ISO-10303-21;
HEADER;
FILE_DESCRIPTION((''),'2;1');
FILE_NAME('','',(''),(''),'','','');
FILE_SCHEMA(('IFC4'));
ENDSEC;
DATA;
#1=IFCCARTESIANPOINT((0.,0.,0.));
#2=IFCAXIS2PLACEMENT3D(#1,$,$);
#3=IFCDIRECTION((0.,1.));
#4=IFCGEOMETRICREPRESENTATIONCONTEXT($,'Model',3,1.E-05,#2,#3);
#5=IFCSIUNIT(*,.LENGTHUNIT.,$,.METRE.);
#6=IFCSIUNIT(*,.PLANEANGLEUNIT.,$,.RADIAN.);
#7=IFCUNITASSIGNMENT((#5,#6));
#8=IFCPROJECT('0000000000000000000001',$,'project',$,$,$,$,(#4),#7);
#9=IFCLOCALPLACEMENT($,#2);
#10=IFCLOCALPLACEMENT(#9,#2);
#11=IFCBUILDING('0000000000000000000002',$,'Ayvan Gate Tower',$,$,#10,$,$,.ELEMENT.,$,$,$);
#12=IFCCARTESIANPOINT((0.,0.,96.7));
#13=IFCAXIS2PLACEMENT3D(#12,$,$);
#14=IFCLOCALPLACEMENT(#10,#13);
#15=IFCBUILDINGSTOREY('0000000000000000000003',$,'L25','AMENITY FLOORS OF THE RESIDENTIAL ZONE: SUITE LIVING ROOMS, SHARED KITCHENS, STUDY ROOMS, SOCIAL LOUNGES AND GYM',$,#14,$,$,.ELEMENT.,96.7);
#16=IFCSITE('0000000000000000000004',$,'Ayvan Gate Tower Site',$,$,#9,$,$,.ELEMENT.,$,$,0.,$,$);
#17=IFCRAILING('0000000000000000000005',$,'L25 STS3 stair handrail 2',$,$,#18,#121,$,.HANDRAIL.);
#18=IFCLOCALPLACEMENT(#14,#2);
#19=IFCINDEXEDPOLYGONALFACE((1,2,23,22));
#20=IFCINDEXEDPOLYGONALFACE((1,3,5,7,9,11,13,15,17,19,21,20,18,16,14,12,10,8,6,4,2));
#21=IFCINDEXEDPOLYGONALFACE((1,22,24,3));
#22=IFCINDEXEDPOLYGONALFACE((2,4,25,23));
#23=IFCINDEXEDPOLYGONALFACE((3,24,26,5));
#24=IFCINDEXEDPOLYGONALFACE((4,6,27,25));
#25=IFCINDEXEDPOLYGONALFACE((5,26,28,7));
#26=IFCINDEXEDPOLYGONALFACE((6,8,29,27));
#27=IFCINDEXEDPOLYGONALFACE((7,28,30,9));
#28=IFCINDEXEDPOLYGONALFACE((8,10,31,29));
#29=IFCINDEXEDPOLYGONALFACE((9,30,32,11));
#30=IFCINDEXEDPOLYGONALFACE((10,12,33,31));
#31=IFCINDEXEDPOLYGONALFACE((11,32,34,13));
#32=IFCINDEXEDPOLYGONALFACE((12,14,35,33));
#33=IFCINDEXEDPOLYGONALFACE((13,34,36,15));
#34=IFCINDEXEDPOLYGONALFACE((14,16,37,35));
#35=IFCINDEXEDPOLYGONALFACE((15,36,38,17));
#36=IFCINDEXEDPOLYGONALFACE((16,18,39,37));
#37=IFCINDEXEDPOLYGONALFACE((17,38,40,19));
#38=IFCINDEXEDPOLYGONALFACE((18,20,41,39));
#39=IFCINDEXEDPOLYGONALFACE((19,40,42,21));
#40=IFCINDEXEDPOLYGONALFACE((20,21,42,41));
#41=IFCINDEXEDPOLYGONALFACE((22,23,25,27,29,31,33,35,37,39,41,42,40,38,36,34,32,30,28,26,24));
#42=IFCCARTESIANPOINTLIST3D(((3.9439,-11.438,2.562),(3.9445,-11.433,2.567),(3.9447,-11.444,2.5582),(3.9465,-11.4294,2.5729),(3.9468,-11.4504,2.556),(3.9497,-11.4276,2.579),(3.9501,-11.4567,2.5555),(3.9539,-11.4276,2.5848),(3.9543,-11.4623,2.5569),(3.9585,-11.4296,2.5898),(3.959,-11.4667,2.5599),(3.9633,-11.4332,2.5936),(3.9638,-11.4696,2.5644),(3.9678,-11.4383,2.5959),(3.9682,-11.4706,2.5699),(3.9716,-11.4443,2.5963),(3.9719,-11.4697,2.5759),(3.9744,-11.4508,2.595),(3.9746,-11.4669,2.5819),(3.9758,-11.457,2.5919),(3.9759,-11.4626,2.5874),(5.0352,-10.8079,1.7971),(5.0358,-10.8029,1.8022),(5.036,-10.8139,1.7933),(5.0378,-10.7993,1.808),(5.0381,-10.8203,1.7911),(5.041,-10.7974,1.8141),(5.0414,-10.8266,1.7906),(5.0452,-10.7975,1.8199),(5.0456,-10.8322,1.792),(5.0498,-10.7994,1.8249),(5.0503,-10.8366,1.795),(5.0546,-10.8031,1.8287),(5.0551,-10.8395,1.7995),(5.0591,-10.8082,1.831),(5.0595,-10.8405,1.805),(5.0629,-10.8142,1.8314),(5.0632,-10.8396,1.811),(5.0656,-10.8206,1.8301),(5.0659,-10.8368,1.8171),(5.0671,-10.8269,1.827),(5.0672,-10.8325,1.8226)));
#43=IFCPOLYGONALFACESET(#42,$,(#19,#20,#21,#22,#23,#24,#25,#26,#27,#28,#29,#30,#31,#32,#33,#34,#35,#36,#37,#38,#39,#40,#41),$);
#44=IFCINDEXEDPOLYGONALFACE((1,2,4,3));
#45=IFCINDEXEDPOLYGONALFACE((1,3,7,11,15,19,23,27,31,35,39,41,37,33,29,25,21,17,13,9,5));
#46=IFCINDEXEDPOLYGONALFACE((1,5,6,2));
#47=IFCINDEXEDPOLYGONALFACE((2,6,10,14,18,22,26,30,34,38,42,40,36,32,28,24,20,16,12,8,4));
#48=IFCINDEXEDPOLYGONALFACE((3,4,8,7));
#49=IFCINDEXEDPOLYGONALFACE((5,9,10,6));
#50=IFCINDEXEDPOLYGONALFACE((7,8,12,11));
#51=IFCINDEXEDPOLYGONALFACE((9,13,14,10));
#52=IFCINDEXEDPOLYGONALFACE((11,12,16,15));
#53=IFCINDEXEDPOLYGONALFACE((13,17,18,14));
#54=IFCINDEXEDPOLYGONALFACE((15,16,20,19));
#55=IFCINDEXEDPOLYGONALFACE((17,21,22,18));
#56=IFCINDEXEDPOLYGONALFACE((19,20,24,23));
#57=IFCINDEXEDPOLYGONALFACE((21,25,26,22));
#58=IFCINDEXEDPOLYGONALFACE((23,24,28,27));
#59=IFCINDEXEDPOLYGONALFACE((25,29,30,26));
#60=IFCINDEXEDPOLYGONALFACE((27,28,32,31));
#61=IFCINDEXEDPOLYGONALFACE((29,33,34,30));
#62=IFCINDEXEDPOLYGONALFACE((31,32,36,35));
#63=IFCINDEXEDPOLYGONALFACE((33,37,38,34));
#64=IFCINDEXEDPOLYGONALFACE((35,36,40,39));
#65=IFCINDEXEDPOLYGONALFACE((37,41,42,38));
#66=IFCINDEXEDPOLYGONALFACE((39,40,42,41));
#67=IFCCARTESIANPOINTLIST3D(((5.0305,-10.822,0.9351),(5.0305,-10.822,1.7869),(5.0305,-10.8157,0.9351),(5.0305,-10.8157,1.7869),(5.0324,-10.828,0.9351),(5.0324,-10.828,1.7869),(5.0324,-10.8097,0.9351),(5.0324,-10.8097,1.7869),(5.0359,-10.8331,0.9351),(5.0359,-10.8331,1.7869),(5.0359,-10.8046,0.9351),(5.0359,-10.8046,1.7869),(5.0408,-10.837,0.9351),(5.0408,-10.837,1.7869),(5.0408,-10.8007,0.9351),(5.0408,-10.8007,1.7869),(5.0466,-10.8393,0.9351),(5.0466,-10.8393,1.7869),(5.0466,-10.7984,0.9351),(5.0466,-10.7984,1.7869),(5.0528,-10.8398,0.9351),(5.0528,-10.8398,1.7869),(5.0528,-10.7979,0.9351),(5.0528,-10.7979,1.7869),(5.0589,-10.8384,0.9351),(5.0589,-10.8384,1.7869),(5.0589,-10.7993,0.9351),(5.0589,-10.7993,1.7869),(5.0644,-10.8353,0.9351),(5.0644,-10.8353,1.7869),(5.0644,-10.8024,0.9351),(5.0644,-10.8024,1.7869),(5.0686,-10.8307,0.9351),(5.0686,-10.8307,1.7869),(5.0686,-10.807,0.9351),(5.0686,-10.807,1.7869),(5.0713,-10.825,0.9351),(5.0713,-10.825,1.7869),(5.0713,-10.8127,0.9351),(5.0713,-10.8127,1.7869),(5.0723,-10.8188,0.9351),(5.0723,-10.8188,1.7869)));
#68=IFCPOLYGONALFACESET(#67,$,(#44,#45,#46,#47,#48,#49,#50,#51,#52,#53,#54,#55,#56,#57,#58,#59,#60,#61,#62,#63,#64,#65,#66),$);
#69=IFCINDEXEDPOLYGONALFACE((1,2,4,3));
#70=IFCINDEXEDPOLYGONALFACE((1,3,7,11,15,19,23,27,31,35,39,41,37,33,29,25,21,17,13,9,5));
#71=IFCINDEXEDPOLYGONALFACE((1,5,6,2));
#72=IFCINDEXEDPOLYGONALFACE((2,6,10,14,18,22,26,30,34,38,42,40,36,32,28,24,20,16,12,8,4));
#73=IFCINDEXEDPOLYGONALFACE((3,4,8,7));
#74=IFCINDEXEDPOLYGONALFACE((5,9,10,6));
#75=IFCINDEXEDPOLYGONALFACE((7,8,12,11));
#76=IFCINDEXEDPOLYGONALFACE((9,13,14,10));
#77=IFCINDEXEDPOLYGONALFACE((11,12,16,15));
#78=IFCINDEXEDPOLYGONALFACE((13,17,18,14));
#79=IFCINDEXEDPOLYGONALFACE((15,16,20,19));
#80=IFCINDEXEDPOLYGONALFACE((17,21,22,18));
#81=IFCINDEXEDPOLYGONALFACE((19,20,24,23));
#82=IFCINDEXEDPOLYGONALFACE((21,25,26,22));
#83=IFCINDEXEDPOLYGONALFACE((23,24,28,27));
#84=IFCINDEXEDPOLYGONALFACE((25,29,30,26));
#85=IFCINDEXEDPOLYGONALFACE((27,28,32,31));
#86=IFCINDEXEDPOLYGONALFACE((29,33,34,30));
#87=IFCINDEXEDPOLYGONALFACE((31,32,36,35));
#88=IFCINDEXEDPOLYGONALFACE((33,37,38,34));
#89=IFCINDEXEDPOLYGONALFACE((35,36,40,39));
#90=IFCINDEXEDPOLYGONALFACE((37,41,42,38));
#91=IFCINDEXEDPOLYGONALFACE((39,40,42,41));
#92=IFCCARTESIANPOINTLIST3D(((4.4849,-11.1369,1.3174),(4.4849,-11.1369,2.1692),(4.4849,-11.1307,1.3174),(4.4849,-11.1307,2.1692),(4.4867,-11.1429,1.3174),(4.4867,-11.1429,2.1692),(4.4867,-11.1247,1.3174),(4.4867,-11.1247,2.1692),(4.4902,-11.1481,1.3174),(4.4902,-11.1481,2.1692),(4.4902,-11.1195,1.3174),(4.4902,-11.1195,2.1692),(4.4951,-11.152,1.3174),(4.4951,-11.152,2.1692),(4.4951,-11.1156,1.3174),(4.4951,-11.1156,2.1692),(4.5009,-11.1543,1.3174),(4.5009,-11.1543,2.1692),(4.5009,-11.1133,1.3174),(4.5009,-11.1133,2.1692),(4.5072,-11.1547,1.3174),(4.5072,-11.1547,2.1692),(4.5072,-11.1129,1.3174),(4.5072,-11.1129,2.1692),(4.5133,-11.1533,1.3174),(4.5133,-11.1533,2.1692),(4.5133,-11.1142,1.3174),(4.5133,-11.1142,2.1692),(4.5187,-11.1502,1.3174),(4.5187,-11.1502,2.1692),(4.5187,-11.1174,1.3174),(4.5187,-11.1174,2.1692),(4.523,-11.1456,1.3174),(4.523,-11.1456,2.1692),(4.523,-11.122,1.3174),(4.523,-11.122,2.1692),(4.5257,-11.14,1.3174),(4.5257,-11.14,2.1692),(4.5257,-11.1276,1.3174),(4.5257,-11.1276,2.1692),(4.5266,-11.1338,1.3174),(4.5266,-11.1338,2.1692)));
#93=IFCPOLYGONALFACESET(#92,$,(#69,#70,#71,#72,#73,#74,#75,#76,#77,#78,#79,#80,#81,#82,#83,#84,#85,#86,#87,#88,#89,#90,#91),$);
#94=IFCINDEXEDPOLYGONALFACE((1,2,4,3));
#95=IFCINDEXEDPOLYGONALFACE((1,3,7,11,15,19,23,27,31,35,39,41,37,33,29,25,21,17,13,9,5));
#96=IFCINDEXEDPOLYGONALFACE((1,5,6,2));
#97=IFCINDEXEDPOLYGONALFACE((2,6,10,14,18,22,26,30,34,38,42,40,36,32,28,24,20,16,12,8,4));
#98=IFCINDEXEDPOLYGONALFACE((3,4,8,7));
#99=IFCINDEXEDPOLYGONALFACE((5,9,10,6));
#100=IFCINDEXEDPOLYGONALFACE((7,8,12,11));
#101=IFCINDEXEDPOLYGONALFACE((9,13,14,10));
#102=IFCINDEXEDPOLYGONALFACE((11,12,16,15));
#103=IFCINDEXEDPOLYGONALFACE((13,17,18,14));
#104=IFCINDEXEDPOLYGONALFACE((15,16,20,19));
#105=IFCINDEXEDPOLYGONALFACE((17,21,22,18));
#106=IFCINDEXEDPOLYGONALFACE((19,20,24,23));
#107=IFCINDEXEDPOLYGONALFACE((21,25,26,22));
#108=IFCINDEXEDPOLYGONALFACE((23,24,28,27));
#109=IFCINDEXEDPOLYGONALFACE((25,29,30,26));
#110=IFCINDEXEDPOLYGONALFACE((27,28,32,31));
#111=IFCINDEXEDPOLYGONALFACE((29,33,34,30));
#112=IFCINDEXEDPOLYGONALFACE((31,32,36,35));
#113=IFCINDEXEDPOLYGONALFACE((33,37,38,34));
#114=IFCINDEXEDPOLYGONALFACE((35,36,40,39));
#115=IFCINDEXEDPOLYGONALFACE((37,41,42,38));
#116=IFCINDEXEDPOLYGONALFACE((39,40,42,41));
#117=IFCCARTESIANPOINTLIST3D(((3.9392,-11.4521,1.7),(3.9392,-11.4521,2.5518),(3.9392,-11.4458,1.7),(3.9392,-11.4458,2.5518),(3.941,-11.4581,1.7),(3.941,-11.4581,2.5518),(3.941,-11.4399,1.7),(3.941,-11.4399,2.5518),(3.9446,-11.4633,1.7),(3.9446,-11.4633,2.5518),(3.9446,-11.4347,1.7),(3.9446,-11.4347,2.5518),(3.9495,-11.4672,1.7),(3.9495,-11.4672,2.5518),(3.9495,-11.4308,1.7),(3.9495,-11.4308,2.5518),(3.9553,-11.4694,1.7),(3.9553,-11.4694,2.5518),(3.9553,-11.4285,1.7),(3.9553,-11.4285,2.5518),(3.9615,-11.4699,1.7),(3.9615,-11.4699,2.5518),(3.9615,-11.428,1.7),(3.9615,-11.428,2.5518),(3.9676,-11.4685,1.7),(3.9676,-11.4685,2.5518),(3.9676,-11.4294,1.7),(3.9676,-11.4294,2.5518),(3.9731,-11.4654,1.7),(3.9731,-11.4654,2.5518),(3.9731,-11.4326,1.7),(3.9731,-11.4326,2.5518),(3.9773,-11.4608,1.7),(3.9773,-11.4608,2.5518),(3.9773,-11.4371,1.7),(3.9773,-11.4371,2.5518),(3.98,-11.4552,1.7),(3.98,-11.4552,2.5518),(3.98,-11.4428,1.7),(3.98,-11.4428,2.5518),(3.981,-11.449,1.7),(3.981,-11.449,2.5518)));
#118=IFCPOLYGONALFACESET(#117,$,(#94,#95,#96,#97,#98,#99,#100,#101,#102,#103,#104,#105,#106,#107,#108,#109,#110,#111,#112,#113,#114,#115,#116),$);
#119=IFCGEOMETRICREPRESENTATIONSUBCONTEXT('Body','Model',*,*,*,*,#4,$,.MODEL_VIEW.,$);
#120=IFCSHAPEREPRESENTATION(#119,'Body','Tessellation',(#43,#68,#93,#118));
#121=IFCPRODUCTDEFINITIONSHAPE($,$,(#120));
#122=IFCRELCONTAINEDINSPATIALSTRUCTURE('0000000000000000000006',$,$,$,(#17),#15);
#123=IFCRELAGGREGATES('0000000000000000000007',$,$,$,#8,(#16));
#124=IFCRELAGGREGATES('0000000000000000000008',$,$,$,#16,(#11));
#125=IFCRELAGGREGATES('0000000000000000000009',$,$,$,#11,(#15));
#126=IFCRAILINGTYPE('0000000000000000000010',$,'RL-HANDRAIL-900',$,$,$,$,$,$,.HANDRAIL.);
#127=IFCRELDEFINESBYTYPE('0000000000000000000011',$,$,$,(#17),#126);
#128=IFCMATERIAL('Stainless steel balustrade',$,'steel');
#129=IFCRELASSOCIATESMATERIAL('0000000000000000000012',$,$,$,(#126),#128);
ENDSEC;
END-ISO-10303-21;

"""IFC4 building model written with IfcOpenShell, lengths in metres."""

from ifc_helpers import new_model, si_unit, direction, frame, origin, origin_2d, place, context, subcontext, project, spatial, circle, extrude, material, type_object, element, save


model = new_model("IFC4")

# Units and contexts
model_context = context("Model", 3, precision=1e-05, world=origin(), true_north=direction((0.0, 1.0)))
body_context = subcontext(model_context, "Body", "Model", "MODEL_VIEW")
ifc_project = project(units=[si_unit("LENGTHUNIT", "METRE"), si_unit("PLANEANGLEUNIT", "RADIAN")], contexts=[model_context])

# Site, building, storey
site_placement = place(None, origin())
site = spatial("IfcSite", under=ifc_project, at=site_placement, Name="Ayvan Gate Tower Site", CompositionType="ELEMENT", RefElevation=0.0)
building_placement = place(site_placement, origin())
building = spatial("IfcBuilding", under=site, at=building_placement, Name="Ayvan Gate Tower", CompositionType="ELEMENT")
storey_placement = place(building_placement, frame((0.0, 0.0, 96.7)))
storey = spatial("IfcBuildingStorey", under=building, at=storey_placement, Name="L25", Description="AMENITY FLOORS OF THE RESIDENTIAL ZONE: SUITE LIVING ROOMS, SHARED KITCHENS, STUDY ROOMS, SOCIAL LOUNGES AND GYM", CompositionType="ELEMENT", Elevation=96.7)

# Railing
ifc_material_1 = material(Name="Stainless steel balustrade", Category="steel")
railing_type_1 = type_object("IfcRailingType", Name="RL-HANDRAIL-900", PredefinedType="HANDRAIL", material=ifc_material_1)
railing_1_placement = place(storey_placement, frame((5.0513, -10.8188, 0.9351)))
element("IfcRailing", 1, at=railing_1_placement, inside=storey, type_object=railing_type_1, Name="L25 STS3 stair handrail 2", PredefinedType="HANDRAIL", context=body_context, shape_type="SweptSolid", body=[
    extrude(circle(Radius=0.0239, at=origin_2d()), frame((0.0, 0.0, 0.876), z_axis=(-0.740304, -0.427455, 0.518875), x_axis=(0.500035, -0.866005, 0.0)), (0.0, 0.0, 1.0), 1.4741),
    extrude(circle(Radius=0.021, at=origin_2d()), origin(), (0.0, 0.0, 1.0), 0.8518),
    extrude(circle(Radius=0.021, at=origin_2d()), frame((-0.5457, -0.3149, 0.3823)), (0.0, 0.0, 1.0), 0.8518),
    extrude(circle(Radius=0.021, at=origin_2d()), frame((-1.0913, -0.6301, 0.7649)), (0.0, 0.0, 1.0), 0.8518),
])

save(model, "model.ifc")
